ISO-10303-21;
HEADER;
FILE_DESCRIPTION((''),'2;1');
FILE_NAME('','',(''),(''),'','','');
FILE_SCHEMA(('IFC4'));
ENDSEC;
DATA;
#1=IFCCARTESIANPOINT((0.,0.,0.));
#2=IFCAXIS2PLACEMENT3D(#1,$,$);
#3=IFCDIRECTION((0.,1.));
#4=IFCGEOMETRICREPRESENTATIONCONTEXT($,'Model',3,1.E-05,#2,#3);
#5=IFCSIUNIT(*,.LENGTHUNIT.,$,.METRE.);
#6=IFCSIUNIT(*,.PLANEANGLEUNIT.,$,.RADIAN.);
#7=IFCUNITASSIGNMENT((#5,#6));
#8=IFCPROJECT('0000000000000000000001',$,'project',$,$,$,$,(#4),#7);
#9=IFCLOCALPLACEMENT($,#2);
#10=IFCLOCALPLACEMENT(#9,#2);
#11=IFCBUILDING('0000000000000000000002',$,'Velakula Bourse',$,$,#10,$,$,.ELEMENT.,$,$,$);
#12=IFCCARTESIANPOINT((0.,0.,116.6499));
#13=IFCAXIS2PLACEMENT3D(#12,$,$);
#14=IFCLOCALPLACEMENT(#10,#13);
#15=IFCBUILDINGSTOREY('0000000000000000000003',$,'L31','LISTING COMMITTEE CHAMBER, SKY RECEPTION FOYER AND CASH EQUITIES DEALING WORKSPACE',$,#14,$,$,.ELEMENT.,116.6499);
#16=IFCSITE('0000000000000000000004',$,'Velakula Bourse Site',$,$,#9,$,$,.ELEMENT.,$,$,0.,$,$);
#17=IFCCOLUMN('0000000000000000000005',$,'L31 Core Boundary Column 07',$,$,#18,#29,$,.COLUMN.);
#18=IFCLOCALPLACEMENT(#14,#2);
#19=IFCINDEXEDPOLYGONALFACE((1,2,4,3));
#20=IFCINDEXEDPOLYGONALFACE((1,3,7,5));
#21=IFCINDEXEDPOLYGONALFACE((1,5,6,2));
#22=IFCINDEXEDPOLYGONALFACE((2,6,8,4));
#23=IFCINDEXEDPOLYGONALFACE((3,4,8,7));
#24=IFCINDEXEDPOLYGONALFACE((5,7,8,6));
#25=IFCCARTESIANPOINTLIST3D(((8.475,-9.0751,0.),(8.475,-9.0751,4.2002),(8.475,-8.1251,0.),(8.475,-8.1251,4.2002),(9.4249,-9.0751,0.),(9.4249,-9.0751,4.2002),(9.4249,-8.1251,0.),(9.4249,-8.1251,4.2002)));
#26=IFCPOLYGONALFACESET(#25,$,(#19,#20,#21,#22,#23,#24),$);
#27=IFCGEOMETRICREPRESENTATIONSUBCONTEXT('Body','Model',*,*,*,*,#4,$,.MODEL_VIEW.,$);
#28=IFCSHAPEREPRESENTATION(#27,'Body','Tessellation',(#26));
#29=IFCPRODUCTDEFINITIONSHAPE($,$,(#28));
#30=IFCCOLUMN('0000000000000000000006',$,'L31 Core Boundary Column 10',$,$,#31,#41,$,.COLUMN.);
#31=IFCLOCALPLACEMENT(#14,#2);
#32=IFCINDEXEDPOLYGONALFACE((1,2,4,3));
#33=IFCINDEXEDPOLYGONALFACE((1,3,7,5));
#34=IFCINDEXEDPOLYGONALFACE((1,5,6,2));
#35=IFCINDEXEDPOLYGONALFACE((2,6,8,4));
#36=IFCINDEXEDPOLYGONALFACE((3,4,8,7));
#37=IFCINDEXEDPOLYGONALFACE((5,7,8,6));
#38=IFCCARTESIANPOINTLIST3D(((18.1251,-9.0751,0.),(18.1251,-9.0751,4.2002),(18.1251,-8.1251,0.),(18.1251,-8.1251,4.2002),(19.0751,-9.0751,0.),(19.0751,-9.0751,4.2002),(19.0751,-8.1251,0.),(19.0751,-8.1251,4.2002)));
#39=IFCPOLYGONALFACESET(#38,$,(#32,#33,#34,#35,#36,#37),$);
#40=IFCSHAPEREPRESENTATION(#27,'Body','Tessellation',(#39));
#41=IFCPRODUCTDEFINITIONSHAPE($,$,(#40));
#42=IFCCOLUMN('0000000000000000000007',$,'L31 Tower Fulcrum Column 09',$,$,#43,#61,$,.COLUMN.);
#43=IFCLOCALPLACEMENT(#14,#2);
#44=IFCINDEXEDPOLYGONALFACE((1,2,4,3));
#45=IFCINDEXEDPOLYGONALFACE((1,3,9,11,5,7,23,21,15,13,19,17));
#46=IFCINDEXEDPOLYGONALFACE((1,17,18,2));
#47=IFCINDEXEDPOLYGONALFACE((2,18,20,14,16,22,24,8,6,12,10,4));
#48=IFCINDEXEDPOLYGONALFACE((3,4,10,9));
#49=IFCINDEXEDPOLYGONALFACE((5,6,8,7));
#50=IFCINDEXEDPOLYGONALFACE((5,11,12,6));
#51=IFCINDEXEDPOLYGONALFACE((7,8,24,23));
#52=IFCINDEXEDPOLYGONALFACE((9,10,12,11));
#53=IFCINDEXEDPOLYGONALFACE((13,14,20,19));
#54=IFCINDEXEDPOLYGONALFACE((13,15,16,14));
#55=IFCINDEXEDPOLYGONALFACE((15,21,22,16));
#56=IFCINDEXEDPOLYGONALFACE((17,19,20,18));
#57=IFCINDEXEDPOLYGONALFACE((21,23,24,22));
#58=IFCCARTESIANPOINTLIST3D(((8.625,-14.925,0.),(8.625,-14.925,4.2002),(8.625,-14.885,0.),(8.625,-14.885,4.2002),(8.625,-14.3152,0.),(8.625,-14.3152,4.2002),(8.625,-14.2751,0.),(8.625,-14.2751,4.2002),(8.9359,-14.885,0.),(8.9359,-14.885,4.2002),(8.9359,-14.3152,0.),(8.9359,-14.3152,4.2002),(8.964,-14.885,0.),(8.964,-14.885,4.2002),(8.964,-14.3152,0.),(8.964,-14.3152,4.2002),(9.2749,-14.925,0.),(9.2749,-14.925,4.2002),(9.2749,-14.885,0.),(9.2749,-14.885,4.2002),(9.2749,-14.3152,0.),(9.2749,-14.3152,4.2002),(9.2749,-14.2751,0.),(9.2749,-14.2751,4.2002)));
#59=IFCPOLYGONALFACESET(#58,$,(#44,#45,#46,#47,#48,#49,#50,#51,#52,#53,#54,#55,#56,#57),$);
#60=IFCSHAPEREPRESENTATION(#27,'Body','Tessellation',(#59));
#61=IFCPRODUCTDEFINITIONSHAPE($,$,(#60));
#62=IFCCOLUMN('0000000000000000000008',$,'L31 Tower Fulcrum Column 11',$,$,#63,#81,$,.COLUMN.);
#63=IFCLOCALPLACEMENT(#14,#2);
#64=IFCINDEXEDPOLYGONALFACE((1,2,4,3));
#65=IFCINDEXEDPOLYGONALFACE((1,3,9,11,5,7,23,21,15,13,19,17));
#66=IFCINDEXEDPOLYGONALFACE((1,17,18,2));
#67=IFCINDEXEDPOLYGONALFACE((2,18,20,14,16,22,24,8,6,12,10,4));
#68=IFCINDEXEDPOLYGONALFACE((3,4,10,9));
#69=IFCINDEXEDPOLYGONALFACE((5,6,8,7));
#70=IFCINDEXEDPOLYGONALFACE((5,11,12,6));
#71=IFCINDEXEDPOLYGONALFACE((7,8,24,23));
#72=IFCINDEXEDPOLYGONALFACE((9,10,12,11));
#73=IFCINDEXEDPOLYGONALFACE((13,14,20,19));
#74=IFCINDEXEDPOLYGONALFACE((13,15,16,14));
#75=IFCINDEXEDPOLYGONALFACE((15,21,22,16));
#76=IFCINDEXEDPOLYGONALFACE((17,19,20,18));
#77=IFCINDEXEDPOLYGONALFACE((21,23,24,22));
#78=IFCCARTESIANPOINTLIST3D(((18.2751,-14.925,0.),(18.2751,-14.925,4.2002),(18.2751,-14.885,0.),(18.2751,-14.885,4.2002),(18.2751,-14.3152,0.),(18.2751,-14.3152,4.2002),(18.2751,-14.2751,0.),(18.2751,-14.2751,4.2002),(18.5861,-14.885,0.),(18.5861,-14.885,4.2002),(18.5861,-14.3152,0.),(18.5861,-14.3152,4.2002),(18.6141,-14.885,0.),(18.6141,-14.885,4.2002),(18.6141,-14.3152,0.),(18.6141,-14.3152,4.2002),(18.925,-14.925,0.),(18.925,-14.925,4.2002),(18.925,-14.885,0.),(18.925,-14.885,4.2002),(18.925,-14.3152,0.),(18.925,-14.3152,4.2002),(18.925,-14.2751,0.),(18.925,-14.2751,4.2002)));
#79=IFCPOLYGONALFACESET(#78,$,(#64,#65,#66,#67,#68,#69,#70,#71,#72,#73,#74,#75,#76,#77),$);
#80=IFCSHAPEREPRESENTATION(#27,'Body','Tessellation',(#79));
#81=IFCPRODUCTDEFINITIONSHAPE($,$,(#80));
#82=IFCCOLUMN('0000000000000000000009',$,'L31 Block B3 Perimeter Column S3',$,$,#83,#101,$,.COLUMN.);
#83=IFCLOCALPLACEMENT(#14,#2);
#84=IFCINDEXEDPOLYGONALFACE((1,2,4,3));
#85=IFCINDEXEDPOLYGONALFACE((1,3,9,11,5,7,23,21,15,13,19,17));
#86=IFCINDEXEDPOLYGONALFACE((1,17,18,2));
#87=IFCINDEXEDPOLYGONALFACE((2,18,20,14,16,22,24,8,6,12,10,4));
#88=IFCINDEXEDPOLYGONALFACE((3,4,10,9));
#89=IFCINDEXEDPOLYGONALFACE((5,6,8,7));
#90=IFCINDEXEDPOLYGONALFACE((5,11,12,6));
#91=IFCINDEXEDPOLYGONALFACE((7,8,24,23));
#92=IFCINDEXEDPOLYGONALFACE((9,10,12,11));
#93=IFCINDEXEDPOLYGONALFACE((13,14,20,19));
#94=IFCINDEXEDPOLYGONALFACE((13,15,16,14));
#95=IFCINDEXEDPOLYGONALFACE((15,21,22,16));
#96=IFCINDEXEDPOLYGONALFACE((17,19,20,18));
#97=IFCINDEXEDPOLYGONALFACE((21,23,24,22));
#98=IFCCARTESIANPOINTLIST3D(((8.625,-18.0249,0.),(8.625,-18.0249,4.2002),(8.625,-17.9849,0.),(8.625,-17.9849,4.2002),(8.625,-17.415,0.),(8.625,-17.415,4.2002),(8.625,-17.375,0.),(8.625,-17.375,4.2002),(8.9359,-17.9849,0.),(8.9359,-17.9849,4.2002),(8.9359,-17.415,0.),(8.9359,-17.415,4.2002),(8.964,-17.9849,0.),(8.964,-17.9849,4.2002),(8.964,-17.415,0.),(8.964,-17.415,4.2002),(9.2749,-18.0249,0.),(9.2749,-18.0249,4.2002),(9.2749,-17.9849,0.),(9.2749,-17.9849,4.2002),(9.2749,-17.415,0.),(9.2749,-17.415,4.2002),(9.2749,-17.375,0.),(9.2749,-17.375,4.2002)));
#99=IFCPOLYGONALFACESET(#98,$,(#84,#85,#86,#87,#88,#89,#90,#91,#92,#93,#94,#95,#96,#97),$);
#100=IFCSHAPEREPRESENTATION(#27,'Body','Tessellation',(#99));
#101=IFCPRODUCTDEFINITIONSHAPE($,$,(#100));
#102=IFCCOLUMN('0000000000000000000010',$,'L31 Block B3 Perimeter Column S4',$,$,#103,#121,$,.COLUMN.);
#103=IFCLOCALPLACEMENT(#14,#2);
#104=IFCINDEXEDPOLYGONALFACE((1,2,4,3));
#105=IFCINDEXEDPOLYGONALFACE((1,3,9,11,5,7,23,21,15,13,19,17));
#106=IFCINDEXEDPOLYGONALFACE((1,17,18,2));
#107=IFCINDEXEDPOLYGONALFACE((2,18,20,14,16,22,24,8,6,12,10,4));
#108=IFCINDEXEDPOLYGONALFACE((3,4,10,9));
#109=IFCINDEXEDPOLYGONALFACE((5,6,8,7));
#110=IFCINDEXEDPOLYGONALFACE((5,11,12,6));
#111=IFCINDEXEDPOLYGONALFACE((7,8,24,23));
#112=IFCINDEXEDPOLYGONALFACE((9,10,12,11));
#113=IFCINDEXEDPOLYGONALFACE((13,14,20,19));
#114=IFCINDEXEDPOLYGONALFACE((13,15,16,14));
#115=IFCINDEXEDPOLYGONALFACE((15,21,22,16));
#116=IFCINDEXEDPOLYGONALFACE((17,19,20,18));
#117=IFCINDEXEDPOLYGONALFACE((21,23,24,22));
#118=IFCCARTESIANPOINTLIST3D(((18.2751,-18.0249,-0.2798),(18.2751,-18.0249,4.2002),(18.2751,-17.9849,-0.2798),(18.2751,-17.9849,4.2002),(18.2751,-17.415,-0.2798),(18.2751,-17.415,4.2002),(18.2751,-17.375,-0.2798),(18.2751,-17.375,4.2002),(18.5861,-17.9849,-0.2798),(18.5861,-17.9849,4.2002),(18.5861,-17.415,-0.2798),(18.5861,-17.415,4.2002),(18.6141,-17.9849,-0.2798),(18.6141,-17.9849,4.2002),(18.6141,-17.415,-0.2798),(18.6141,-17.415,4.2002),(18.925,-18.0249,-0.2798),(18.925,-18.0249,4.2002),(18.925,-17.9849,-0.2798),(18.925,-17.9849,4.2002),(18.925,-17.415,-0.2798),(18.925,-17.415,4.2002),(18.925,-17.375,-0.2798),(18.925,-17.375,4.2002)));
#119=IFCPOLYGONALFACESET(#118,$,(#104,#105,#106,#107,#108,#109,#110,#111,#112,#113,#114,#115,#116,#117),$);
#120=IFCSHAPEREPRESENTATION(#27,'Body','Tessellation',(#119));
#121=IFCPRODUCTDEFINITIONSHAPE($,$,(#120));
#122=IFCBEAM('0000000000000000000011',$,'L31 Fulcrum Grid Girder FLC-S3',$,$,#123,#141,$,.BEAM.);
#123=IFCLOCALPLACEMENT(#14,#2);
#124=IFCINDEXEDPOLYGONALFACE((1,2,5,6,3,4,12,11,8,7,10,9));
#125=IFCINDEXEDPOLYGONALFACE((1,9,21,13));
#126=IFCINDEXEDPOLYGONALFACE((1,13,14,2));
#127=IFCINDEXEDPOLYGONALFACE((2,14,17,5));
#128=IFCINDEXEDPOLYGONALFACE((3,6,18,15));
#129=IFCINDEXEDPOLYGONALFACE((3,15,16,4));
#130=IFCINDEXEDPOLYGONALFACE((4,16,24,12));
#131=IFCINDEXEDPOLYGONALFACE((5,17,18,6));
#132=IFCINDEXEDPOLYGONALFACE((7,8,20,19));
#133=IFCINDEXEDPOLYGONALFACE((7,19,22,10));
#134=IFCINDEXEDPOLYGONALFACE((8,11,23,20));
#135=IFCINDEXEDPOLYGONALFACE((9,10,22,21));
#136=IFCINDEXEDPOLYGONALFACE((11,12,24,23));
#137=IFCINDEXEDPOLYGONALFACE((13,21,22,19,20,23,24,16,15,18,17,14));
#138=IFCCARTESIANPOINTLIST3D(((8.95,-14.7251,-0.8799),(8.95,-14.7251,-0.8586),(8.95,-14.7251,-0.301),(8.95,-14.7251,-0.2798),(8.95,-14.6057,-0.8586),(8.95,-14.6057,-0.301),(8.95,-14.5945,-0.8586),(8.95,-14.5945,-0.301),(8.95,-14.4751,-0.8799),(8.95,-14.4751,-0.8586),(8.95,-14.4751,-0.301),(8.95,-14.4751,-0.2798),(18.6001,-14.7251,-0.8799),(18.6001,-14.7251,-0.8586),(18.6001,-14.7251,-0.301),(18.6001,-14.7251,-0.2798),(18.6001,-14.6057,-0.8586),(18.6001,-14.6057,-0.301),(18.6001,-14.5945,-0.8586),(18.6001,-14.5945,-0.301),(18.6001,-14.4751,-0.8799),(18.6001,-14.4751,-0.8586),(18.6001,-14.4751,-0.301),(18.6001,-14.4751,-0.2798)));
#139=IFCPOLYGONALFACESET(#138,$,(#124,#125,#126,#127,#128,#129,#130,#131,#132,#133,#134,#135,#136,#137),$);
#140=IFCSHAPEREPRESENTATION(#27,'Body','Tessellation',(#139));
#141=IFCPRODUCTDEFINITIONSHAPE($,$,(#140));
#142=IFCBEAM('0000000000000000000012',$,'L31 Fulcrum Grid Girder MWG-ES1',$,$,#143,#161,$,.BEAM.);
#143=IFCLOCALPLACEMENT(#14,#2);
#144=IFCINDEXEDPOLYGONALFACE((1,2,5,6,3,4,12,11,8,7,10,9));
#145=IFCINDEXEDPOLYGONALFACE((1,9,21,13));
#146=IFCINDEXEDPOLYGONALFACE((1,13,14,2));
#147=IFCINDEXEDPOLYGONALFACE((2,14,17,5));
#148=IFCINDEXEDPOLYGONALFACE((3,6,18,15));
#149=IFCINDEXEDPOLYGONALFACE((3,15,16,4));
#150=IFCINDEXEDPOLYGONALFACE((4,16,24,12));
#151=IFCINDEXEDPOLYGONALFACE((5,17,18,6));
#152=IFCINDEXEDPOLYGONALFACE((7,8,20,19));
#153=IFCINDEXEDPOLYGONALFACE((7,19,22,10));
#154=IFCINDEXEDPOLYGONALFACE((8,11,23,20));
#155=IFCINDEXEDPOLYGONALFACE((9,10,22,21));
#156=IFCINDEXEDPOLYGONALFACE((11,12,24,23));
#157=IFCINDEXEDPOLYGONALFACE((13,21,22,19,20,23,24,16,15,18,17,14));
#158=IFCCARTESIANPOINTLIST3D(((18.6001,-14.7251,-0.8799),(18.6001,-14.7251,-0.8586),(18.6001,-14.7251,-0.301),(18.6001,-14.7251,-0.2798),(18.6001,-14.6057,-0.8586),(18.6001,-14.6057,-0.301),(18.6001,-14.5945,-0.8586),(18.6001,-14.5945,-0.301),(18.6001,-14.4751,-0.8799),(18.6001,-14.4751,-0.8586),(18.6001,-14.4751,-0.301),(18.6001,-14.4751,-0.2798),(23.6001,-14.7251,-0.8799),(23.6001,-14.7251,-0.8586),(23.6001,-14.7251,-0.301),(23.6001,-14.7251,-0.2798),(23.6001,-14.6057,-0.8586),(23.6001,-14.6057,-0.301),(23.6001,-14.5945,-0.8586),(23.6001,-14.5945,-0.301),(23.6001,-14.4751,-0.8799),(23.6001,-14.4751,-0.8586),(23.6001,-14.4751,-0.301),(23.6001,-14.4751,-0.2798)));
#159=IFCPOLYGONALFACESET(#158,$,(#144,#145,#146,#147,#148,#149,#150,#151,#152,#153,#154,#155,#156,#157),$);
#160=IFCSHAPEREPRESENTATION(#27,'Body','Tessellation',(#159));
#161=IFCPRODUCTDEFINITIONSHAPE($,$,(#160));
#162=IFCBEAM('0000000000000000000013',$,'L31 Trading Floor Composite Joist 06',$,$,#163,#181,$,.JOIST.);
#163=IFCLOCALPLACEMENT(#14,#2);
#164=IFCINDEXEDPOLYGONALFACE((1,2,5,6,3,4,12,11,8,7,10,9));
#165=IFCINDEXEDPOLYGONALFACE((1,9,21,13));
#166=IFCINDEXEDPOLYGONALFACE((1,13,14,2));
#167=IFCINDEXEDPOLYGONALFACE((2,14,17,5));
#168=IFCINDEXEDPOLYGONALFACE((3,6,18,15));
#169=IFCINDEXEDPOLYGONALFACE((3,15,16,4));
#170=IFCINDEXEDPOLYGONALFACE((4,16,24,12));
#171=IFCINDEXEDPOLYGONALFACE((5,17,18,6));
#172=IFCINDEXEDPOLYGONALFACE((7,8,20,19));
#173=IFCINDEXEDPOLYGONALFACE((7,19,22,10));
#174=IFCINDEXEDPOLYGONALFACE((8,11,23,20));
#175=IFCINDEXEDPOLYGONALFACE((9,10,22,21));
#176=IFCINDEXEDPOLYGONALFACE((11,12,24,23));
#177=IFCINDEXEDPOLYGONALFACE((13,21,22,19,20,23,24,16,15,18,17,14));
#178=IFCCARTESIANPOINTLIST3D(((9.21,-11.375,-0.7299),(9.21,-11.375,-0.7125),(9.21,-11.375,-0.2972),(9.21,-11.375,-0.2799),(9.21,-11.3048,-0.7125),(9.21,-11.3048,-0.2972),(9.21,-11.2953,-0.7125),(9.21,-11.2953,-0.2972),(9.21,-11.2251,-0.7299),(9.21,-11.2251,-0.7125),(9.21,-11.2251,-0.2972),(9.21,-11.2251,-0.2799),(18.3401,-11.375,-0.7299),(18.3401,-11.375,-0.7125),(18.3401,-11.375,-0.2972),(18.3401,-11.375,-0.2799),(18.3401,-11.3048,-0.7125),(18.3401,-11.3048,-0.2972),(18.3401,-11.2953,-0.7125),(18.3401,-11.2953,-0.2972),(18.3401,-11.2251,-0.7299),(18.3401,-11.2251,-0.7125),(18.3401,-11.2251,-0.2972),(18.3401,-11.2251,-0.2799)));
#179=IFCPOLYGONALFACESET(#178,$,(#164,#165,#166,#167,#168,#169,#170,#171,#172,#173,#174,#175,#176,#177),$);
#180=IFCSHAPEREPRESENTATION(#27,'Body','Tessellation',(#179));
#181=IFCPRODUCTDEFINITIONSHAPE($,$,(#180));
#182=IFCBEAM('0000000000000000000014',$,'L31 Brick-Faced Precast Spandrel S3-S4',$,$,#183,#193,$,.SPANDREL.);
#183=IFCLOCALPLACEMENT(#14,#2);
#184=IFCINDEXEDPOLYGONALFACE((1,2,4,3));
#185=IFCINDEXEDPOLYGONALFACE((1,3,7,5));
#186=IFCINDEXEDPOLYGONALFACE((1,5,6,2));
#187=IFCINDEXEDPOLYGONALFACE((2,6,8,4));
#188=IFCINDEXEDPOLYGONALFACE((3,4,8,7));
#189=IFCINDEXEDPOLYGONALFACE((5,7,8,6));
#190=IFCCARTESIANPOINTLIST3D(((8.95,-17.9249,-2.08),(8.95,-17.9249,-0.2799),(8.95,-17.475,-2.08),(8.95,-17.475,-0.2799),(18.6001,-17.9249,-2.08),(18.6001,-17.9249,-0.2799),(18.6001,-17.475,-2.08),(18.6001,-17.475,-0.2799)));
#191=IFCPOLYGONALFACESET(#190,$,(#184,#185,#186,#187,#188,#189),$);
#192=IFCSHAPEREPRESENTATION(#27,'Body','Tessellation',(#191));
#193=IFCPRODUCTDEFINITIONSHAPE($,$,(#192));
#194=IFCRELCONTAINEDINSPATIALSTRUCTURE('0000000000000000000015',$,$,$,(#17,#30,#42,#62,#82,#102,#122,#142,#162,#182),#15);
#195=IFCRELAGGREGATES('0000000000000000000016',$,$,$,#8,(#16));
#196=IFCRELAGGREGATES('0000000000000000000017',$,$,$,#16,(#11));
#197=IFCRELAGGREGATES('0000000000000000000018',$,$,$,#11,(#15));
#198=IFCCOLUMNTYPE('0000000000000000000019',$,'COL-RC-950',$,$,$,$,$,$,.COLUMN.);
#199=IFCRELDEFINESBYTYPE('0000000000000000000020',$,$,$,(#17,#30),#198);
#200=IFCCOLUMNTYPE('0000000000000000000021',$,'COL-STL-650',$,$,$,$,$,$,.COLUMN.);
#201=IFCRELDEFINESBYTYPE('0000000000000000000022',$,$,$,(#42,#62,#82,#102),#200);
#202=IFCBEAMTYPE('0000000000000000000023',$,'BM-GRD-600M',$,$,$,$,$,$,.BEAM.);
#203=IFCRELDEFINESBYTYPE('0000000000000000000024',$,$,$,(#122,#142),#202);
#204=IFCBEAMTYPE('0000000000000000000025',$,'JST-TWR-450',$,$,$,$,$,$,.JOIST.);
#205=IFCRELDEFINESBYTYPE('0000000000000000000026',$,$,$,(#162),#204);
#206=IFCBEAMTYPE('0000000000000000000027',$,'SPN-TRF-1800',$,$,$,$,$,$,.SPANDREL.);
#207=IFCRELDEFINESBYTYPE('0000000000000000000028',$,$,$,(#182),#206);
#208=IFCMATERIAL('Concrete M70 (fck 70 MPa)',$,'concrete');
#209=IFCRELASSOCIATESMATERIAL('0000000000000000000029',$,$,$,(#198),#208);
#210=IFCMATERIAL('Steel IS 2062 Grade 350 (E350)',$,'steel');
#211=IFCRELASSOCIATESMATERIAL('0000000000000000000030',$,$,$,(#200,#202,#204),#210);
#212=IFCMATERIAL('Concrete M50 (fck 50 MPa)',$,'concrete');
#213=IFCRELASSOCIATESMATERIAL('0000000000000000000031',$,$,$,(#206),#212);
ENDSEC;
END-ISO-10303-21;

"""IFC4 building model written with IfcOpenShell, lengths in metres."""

from ifc_helpers import new_model, si_unit, direction, frame, origin, origin_2d, place, context, subcontext, project, spatial, rectangle, i_section, extrude, material, material_profile, profile_set, type_object, element, save


model = new_model("IFC4")

# Units and contexts
model_context = context("Model", 3, precision=1e-05, world=origin(), true_north=direction((0.0, 1.0)))
body_context = subcontext(model_context, "Body", "Model", "MODEL_VIEW")
ifc_project = project(units=[si_unit("LENGTHUNIT", "METRE"), si_unit("PLANEANGLEUNIT", "RADIAN")], contexts=[model_context])

# Site, building, storey
site_placement = place(None, origin())
site = spatial("IfcSite", under=ifc_project, at=site_placement, Name="Velakula Bourse Site", CompositionType="ELEMENT", RefElevation=0.0)
building_placement = place(site_placement, origin())
building = spatial("IfcBuilding", under=site, at=building_placement, Name="Velakula Bourse", CompositionType="ELEMENT")
storey_placement = place(building_placement, frame((0.0, 0.0, 116.6499)))
storey = spatial("IfcBuildingStorey", under=building, at=storey_placement, Name="L31", Description="LISTING COMMITTEE CHAMBER, SKY RECEPTION FOYER AND CASH EQUITIES DEALING WORKSPACE", CompositionType="ELEMENT", Elevation=116.6499)

# Columns
ifc_material_1 = material(Name="Concrete M70 (fck 70 MPa)", Category="concrete")
ifc_material_profile_1 = material_profile(ifc_material_1, rectangle(XDim=0.95, YDim=0.95, at=origin_2d()), Name="Concrete M70 (fck 70 MPa)")
ifc_profile_set_1 = profile_set([ifc_material_profile_1], Name="Concrete M70 (fck 70 MPa)")
column_type_1 = type_object("IfcColumnType", Name="COL-RC-950", PredefinedType="COLUMN", material=ifc_profile_set_1)
for number, where, z_axis, x_axis, name in (
    (1, (8.95, -8.6001, 0.0), (0.0, 0.0, 1.0), (1.0, 0.0, 0.0), "L31 Core Boundary Column 07"),
    (2, (18.6001, -8.6001, 0.0), (0.0, 0.0, 1.0), (1.0, 0.0, 0.0), "L31 Core Boundary Column 10"),
):
    element("IfcColumn", number, at=place(storey_placement, frame(where, z_axis=z_axis, x_axis=x_axis)), inside=storey, type_object=column_type_1, Name=name, PredefinedType="COLUMN", context=body_context, shape_type="SweptSolid", body=[
        extrude(rectangle(XDim=0.95, YDim=0.95, at=origin_2d()), origin(), (0.0, 0.0, 1.0), 4.2002),
    ])
ifc_material_2 = material(Name="Steel IS 2062 Grade 350 (E350)", Category="steel")
ifc_material_profile_2 = material_profile(ifc_material_2, i_section(OverallWidth=0.6499, OverallDepth=0.6499, WebThickness=0.0281, FlangeThickness=0.04, at=origin_2d()), Name="Steel IS 2062 Grade 350 (E350)")
ifc_profile_set_2 = profile_set([ifc_material_profile_2], Name="Steel IS 2062 Grade 350 (E350)")
column_type_2 = type_object("IfcColumnType", Name="COL-STL-650", PredefinedType="COLUMN", material=ifc_profile_set_2)
for number, where, z_axis, x_axis, name in (
    (3, (8.95, -14.6001, 0.0), (0.0, 0.0, 1.0), (1.0, 0.0, 0.0), "L31 Tower Fulcrum Column 09"),
    (4, (18.6001, -14.6001, 0.0), (0.0, 0.0, 1.0), (1.0, 0.0, 0.0), "L31 Tower Fulcrum Column 11"),
    (5, (8.95, -17.7, 0.0), (0.0, 0.0, 1.0), (1.0, 0.0, 0.0), "L31 Block B3 Perimeter Column S3"),
):
    element("IfcColumn", number, at=place(storey_placement, frame(where, z_axis=z_axis, x_axis=x_axis)), inside=storey, type_object=column_type_2, Name=name, PredefinedType="COLUMN", context=body_context, shape_type="SweptSolid", body=[
        extrude(i_section(OverallWidth=0.6499, OverallDepth=0.6499, WebThickness=0.0281, FlangeThickness=0.04, at=origin_2d()), origin(), (0.0, 0.0, 1.0), 4.2002),
    ])
column_placement = place(storey_placement, frame((18.6001, -17.7, -0.2798), z_axis=(0.0, 0.0, 1.0), x_axis=(1.0, 0.0, 0.0)))
element("IfcColumn", 6, at=column_placement, inside=storey, type_object=column_type_2, Name="L31 Block B3 Perimeter Column S4", PredefinedType="COLUMN", context=body_context, shape_type="SweptSolid", body=[
    extrude(i_section(OverallWidth=0.6499, OverallDepth=0.6499, WebThickness=0.0281, FlangeThickness=0.04, at=origin_2d()), origin(), (0.0, 0.0, 1.0), 4.48),
])

# Beams
ifc_material_profile_3 = material_profile(ifc_material_2, i_section(OverallWidth=0.25, OverallDepth=0.6001, WebThickness=0.0112, FlangeThickness=0.0212, at=origin_2d()), Name="Steel IS 2062 Grade 350 (E350)")
ifc_profile_set_3 = profile_set([ifc_material_profile_3], Name="Steel IS 2062 Grade 350 (E350)")
beam_type_1 = type_object("IfcBeamType", Name="BM-GRD-600M", PredefinedType="BEAM", material=ifc_profile_set_3)
beam_1_placement = place(storey_placement, frame((8.95, -14.6001, -0.5798), z_axis=(1.0, 0.0, 0.0), x_axis=(0.0, 1.0, 0.0)))
element("IfcBeam", 7, at=beam_1_placement, inside=storey, type_object=beam_type_1, Name="L31 Fulcrum Grid Girder FLC-S3", PredefinedType="BEAM", context=body_context, shape_type="SweptSolid", body=[
    extrude(i_section(OverallWidth=0.25, OverallDepth=0.6001, WebThickness=0.0112, FlangeThickness=0.0212, at=origin_2d()), origin(), (0.0, 0.0, 1.0), 9.6501),
])
beam_2_placement = place(storey_placement, frame((18.6001, -14.6001, -0.5798), z_axis=(1.0, 0.0, 0.0), x_axis=(0.0, 1.0, 0.0)))
element("IfcBeam", 8, at=beam_2_placement, inside=storey, type_object=beam_type_1, Name="L31 Fulcrum Grid Girder MWG-ES1", PredefinedType="BEAM", context=body_context, shape_type="SweptSolid", body=[
    extrude(i_section(OverallWidth=0.25, OverallDepth=0.6001, WebThickness=0.0112, FlangeThickness=0.0212, at=origin_2d()), origin(), (0.0, 0.0, 1.0), 5.0),
])
ifc_material_profile_4 = material_profile(ifc_material_2, i_section(OverallWidth=0.1499, OverallDepth=0.45, WebThickness=0.0095, FlangeThickness=0.0173, at=origin_2d()), Name="Steel IS 2062 Grade 350 (E350)")
ifc_profile_set_4 = profile_set([ifc_material_profile_4], Name="Steel IS 2062 Grade 350 (E350)")
beam_type_2 = type_object("IfcBeamType", Name="JST-TWR-450", PredefinedType="JOIST", material=ifc_profile_set_4)
beam_3_placement = place(storey_placement, frame((9.21, -11.3, -0.5049), z_axis=(1.0, 0.0, 0.0), x_axis=(0.0, 1.0, 0.0)))
element("IfcBeam", 9, at=beam_3_placement, inside=storey, type_object=beam_type_2, Name="L31 Trading Floor Composite Joist 06", PredefinedType="JOIST", context=body_context, shape_type="SweptSolid", body=[
    extrude(i_section(OverallWidth=0.1499, OverallDepth=0.45, WebThickness=0.0095, FlangeThickness=0.0173, at=origin_2d()), origin(), (0.0, 0.0, 1.0), 9.1301),
])
ifc_material_3 = material(Name="Concrete M50 (fck 50 MPa)", Category="concrete")
ifc_material_profile_5 = material_profile(ifc_material_3, rectangle(XDim=0.45, YDim=1.8, at=origin_2d()), Name="Concrete M50 (fck 50 MPa)")
ifc_profile_set_5 = profile_set([ifc_material_profile_5], Name="Concrete M50 (fck 50 MPa)")
beam_type_3 = type_object("IfcBeamType", Name="SPN-TRF-1800", PredefinedType="SPANDREL", material=ifc_profile_set_5)
beam_4_placement = place(storey_placement, frame((8.95, -17.7, -1.1799), z_axis=(1.0, 0.0, 0.0), x_axis=(0.0, 1.0, 0.0)))
element("IfcBeam", 10, at=beam_4_placement, inside=storey, type_object=beam_type_3, Name="L31 Brick-Faced Precast Spandrel S3-S4", PredefinedType="SPANDREL", context=body_context, shape_type="SweptSolid", body=[
    extrude(rectangle(XDim=0.45, YDim=1.8, at=origin_2d()), origin(), (0.0, 0.0, 1.0), 9.6501),
])

save(model, "model.ifc")
